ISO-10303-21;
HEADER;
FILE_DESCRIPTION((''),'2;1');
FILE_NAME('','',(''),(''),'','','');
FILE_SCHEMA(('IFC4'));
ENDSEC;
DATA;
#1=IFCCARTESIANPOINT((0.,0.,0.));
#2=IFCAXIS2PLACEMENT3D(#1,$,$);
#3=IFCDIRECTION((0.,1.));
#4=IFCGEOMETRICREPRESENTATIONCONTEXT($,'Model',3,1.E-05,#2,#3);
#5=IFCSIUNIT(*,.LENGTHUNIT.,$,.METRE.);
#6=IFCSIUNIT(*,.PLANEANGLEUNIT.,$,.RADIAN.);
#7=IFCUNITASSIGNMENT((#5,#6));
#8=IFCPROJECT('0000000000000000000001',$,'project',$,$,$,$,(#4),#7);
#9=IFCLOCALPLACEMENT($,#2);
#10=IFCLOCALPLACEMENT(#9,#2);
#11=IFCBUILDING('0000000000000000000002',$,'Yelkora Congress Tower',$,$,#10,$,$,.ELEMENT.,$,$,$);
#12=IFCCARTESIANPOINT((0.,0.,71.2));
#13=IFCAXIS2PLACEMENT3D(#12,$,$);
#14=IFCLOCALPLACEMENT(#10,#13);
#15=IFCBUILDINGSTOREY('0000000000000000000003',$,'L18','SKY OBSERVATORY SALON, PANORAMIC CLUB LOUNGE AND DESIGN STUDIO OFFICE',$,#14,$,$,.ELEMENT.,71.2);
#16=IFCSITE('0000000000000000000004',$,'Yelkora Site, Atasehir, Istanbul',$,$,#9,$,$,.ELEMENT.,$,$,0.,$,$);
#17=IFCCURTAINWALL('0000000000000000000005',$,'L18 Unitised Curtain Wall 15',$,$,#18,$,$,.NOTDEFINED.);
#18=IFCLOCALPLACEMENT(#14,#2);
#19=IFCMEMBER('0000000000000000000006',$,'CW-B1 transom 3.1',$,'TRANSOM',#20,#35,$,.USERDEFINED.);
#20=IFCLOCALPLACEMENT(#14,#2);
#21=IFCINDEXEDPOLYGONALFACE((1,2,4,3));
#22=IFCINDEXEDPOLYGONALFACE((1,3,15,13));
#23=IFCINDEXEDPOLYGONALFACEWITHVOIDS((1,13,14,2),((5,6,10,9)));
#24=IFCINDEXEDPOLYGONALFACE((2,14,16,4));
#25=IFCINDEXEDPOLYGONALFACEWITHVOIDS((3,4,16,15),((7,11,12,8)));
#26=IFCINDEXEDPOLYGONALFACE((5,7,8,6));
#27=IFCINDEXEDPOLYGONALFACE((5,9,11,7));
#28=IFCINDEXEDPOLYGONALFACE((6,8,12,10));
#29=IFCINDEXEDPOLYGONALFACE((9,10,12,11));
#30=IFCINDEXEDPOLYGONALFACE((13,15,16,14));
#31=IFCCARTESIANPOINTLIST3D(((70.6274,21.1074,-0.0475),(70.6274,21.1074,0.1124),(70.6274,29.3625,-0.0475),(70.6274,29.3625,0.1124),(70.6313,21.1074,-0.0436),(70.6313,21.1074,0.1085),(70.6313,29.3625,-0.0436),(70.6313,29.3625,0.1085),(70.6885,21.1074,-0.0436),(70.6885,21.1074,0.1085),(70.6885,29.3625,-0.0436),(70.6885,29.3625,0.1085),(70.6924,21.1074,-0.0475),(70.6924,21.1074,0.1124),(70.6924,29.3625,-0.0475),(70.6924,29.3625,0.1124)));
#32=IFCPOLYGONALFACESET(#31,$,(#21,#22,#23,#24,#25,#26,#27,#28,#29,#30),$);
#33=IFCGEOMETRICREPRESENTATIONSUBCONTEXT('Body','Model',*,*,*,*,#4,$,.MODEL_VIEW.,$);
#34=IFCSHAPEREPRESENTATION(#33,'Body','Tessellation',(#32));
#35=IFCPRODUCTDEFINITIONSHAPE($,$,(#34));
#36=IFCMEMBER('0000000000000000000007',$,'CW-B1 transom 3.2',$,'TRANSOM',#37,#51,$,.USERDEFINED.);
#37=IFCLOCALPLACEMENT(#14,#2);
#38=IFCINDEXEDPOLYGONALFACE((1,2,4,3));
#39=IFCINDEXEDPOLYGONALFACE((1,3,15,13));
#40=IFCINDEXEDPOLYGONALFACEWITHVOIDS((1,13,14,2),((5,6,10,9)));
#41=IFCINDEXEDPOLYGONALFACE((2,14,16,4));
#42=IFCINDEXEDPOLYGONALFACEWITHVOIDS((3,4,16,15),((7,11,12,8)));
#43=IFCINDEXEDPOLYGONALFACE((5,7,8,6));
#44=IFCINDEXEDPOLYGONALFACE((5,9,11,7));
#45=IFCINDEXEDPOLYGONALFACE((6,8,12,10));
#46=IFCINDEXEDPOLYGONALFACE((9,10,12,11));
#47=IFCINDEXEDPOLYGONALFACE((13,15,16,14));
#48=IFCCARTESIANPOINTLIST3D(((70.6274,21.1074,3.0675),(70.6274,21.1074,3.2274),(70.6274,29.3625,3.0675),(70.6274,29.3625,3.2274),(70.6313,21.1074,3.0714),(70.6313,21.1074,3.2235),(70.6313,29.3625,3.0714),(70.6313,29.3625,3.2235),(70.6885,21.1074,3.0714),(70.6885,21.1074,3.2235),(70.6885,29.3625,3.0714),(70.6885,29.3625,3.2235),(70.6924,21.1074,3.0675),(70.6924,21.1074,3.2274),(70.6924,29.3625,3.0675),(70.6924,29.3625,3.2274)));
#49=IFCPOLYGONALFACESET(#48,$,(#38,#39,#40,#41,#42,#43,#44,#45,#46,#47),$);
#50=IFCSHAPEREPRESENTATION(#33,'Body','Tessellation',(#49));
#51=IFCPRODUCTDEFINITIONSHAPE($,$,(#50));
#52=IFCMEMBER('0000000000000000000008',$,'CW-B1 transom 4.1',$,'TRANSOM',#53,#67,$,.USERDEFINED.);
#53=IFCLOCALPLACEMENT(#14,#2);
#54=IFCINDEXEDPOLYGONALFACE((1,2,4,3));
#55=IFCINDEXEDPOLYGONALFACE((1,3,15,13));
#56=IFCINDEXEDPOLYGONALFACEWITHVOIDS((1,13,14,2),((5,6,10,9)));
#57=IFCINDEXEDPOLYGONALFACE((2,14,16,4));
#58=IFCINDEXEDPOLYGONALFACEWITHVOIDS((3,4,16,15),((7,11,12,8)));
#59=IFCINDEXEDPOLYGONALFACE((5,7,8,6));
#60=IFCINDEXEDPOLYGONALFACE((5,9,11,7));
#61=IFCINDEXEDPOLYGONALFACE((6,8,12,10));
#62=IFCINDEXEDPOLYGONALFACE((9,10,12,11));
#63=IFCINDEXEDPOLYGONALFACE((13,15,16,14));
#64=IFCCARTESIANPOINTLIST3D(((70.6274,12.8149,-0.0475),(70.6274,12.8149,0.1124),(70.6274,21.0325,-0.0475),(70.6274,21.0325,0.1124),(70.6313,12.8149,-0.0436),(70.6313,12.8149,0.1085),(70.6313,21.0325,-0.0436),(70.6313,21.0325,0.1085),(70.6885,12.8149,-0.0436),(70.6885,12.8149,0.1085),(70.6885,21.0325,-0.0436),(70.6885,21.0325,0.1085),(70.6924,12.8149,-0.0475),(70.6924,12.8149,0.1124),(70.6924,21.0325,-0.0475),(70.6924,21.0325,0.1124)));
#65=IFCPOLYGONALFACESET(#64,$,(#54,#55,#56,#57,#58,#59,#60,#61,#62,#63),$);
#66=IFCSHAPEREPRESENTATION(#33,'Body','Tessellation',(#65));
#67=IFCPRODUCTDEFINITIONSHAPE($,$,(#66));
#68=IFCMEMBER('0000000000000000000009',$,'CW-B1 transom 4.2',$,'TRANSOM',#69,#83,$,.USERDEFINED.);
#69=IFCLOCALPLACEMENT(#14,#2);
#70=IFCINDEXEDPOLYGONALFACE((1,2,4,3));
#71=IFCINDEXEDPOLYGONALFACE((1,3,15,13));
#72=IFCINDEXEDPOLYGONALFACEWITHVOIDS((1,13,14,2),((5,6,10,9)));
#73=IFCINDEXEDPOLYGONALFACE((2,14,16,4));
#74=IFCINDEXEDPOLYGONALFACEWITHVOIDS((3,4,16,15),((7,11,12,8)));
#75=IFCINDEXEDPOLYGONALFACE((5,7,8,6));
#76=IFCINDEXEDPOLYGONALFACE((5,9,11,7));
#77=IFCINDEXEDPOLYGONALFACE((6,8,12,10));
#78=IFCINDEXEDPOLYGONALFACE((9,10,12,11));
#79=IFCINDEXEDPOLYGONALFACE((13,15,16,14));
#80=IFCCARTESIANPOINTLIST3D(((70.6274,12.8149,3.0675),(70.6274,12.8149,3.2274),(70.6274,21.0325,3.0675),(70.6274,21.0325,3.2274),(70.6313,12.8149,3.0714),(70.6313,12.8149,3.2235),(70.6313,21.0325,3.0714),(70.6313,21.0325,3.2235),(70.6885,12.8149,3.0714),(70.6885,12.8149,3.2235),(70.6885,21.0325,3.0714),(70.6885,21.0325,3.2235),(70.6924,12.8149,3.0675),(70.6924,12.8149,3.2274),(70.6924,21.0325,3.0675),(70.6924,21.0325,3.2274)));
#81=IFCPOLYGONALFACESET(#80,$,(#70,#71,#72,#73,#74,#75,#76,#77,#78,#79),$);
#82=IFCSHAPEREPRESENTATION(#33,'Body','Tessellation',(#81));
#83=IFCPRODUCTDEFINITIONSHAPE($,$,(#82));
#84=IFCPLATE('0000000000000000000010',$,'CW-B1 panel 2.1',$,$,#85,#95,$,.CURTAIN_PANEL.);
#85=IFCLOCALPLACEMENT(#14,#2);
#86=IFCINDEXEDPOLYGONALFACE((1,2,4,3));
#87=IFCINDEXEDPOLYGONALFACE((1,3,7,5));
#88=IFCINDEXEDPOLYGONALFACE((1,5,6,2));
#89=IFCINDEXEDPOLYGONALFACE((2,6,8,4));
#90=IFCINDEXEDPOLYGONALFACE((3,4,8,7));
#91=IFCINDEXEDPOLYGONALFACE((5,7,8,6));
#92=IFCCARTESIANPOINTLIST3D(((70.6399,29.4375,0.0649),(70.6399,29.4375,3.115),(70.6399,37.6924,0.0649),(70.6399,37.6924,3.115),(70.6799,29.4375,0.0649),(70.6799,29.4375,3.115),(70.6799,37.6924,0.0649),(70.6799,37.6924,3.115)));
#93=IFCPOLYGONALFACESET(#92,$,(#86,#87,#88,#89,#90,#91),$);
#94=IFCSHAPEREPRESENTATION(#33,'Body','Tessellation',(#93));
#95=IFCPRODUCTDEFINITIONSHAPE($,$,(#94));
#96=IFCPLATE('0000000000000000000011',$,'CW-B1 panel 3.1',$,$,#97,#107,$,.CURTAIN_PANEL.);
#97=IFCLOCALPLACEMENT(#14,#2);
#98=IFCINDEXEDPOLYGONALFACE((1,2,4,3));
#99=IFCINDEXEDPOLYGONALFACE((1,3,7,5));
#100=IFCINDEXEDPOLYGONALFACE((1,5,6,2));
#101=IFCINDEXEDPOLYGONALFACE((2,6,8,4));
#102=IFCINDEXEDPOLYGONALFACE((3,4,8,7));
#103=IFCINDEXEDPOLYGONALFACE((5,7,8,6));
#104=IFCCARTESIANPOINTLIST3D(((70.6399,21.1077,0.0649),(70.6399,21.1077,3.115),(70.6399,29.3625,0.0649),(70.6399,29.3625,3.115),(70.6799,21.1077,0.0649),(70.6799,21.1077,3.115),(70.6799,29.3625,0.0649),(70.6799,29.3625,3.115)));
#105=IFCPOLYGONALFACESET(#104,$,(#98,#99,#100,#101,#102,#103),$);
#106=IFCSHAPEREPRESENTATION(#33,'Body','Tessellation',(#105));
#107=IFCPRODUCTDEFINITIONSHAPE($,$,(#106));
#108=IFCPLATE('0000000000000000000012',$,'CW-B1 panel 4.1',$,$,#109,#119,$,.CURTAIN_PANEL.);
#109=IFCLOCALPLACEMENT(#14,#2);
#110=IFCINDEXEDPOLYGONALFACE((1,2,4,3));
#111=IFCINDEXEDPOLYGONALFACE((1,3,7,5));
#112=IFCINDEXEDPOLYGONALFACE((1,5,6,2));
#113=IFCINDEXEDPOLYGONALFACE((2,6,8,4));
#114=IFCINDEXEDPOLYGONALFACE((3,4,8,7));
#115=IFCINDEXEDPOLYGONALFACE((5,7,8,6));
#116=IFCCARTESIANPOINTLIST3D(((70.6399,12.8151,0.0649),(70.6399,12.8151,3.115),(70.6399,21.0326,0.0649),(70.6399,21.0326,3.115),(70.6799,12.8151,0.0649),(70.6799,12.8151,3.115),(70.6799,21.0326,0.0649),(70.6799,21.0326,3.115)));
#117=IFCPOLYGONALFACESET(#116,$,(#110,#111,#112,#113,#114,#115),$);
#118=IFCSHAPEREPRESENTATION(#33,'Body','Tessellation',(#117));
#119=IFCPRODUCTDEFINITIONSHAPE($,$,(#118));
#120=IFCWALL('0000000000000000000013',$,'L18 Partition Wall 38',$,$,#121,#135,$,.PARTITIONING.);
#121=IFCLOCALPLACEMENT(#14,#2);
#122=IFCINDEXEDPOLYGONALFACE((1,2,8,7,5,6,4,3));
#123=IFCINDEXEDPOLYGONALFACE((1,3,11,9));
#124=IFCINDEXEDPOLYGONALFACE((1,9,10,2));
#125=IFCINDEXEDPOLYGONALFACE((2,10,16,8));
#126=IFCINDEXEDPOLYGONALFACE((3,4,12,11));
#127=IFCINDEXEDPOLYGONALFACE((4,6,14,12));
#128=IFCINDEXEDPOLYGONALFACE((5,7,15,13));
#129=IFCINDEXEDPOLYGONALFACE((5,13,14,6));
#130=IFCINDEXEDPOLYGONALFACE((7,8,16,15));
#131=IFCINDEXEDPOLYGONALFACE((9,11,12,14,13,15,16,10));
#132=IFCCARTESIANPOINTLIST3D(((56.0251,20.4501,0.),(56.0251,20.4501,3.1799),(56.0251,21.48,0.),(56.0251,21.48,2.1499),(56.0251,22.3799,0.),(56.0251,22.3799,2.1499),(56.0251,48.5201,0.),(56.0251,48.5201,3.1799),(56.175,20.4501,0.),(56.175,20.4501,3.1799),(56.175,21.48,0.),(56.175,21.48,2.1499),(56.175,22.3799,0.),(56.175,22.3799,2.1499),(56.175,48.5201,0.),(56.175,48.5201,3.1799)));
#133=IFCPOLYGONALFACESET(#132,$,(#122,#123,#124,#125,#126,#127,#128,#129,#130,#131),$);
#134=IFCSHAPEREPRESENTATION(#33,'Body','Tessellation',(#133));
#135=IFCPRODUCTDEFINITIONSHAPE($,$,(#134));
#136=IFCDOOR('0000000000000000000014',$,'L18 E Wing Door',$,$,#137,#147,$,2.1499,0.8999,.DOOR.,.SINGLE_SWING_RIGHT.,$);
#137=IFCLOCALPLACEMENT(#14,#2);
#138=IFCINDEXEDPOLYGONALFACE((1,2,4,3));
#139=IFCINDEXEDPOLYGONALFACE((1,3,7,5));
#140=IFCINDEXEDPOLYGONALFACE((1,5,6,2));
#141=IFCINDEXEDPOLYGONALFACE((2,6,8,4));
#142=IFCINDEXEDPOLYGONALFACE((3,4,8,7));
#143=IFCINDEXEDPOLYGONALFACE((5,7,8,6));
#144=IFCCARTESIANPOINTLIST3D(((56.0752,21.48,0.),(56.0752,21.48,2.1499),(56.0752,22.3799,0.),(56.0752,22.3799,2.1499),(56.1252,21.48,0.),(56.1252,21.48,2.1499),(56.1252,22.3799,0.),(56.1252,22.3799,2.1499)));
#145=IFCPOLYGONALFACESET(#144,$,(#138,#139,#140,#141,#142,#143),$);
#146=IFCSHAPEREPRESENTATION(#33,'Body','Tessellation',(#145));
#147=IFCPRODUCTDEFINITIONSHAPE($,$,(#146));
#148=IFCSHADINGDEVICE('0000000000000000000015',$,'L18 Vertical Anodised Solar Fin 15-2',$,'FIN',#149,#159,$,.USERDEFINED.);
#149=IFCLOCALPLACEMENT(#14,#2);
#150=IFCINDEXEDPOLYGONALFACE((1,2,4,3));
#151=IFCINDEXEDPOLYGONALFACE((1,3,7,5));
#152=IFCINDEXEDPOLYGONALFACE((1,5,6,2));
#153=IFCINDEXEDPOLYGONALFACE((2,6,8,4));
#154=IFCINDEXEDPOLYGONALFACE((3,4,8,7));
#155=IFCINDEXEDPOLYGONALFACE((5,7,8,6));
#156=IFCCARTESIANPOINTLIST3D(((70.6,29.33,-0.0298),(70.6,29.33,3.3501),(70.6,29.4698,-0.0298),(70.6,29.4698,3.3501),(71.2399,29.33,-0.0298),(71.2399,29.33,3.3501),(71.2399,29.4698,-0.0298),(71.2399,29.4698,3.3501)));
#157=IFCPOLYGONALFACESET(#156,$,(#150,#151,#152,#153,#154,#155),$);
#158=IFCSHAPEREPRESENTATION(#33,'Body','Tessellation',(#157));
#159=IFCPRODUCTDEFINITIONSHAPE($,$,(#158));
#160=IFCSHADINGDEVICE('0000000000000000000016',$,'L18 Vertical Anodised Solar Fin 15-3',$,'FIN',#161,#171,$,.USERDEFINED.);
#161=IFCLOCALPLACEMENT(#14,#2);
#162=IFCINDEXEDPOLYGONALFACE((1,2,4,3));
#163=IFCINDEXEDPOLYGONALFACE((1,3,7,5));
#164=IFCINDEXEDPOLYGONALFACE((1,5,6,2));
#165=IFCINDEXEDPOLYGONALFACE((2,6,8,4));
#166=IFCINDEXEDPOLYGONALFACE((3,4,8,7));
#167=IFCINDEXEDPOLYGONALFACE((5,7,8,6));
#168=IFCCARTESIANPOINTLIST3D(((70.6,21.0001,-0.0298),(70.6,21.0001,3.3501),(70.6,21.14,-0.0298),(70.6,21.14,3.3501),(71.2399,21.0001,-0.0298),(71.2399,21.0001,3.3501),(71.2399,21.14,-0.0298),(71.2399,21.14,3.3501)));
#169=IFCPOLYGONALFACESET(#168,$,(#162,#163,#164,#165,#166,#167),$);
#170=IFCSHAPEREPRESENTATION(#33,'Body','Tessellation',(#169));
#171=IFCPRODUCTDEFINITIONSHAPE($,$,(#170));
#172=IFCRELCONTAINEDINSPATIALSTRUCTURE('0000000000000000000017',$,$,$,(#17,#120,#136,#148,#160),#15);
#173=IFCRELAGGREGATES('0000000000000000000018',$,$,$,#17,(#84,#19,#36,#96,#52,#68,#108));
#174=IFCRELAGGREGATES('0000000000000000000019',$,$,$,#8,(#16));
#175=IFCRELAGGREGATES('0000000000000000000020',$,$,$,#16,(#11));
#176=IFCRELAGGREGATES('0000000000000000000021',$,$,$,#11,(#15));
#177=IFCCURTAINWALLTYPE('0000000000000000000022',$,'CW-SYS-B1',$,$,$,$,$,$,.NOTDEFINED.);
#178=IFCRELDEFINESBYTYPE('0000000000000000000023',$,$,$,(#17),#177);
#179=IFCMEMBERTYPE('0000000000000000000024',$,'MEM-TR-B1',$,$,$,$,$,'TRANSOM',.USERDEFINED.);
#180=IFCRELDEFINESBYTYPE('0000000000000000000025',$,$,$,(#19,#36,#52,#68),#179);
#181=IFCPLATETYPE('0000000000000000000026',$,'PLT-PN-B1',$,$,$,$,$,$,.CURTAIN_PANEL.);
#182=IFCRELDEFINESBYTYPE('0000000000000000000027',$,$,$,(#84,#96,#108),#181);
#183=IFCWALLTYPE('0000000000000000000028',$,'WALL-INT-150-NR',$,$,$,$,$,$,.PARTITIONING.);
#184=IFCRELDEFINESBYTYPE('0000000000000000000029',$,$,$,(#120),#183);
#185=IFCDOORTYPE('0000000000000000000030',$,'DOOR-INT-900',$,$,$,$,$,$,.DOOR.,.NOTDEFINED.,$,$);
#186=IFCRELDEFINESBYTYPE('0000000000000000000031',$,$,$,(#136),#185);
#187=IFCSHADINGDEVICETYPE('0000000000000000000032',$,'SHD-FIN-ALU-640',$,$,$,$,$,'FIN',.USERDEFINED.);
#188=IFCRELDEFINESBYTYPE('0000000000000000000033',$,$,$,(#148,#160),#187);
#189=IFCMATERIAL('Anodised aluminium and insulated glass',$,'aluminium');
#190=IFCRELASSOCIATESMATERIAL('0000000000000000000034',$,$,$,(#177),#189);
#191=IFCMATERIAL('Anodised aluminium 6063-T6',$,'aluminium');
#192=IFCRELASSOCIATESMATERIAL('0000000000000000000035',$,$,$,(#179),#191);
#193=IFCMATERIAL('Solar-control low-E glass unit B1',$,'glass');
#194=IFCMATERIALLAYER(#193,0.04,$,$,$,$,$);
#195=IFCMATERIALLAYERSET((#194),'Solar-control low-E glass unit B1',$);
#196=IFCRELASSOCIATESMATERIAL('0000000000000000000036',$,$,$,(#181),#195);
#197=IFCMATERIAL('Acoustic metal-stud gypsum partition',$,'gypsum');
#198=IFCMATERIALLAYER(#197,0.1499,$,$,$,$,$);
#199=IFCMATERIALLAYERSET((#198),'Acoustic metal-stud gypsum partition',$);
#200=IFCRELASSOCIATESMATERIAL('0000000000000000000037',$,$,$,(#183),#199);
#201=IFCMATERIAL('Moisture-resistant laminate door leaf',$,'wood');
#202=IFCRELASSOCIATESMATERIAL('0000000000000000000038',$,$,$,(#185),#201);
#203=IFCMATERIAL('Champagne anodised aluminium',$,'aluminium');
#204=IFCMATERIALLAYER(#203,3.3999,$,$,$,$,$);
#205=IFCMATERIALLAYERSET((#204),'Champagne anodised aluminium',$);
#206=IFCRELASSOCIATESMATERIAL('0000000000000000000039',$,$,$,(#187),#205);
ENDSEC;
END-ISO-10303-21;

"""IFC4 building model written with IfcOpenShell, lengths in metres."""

from ifc_helpers import new_model, si_unit, direction, frame, frame_2d, origin, origin_2d, place, context, subcontext, project, spatial, rectangle, hollow_rectangle, extrude, material, layer, layer_set, material_profile, profile_set, type_object, element, fill, aggregate, save


model = new_model("IFC4")

# Units and contexts
model_context = context("Model", 3, precision=1e-05, world=origin(), true_north=direction((0.0, 1.0)))
body_context = subcontext(model_context, "Body", "Model", "MODEL_VIEW")
ifc_project = project(units=[si_unit("LENGTHUNIT", "METRE"), si_unit("PLANEANGLEUNIT", "RADIAN")], contexts=[model_context])

# Site, building, storey
site_placement = place(None, origin())
site = spatial("IfcSite", under=ifc_project, at=site_placement, Name="Yelkora Site, Atasehir, Istanbul", CompositionType="ELEMENT", RefElevation=0.0)
building_placement = place(site_placement, origin())
building = spatial("IfcBuilding", under=site, at=building_placement, Name="Yelkora Congress Tower", CompositionType="ELEMENT")
storey_placement = place(building_placement, frame((0.0, 0.0, 71.2)))
storey = spatial("IfcBuildingStorey", under=building, at=storey_placement, Name="L18", Description="SKY OBSERVATORY SALON, PANORAMIC CLUB LOUNGE AND DESIGN STUDIO OFFICE", CompositionType="ELEMENT", Elevation=71.2)

# Curtain wall, members, plates
ifc_material_1 = material(Name="Anodised aluminium and insulated glass", Category="aluminium")
curtain_wall_type = type_object("IfcCurtainWallType", Name="CW-SYS-B1", PredefinedType="NOTDEFINED", material=ifc_material_1)
curtain_wall_placement = place(storey_placement, origin())
curtain_wall = element("IfcCurtainWall", 1, at=curtain_wall_placement, inside=storey, type_object=curtain_wall_type, Name="L18 Unitised Curtain Wall 15", PredefinedType="NOTDEFINED")
ifc_material_2 = material(Name="Anodised aluminium 6063-T6", Category="aluminium")
ifc_material_profile_1 = material_profile(ifc_material_2, hollow_rectangle(XDim=0.0649, YDim=0.1599, WallThickness=0.0039, at=origin_2d()), Name="ALU 65x160x4")
ifc_profile_set_1 = profile_set([ifc_material_profile_1], Name="Anodised aluminium 6063-T6")
member_type_1 = type_object("IfcMemberType", Name="MEM-TR-B1", ElementType="TRANSOM", PredefinedType="USERDEFINED", material=ifc_profile_set_1)
member_1_placement = place(storey_placement, frame((70.6599, 29.3625, 0.0325), z_axis=(0.0, -1.0, 0.0), x_axis=(1.0, 0.0, 0.0)))
member_1 = element("IfcMember", 2, at=member_1_placement, type_object=member_type_1, Name="CW-B1 transom 3.1", ObjectType="TRANSOM", PredefinedType="USERDEFINED", context=body_context, shape_type="SweptSolid", body=[
    extrude(hollow_rectangle(XDim=0.0649, YDim=0.1599, WallThickness=0.0039, at=origin_2d()), origin(), (0.0, 0.0, 1.0), 8.2551),
])
member_2_placement = place(storey_placement, frame((70.6599, 29.3625, 3.1475), z_axis=(0.0, -1.0, 0.0), x_axis=(1.0, 0.0, 0.0)))
member_2 = element("IfcMember", 3, at=member_2_placement, type_object=member_type_1, Name="CW-B1 transom 3.2", ObjectType="TRANSOM", PredefinedType="USERDEFINED", context=body_context, shape_type="SweptSolid", body=[
    extrude(hollow_rectangle(XDim=0.0649, YDim=0.1599, WallThickness=0.0039, at=origin_2d()), origin(), (0.0, 0.0, 1.0), 8.2551),
])
member_3_placement = place(storey_placement, frame((70.6599, 21.0325, 0.0325), z_axis=(0.0, -1.0, 0.0), x_axis=(1.0, 0.0, 0.0)))
member_3 = element("IfcMember", 4, at=member_3_placement, type_object=member_type_1, Name="CW-B1 transom 4.1", ObjectType="TRANSOM", PredefinedType="USERDEFINED", context=body_context, shape_type="SweptSolid", body=[
    extrude(hollow_rectangle(XDim=0.0649, YDim=0.1599, WallThickness=0.0039, at=origin_2d()), origin(), (0.0, 0.0, 1.0), 8.2175),
])
member_4_placement = place(storey_placement, frame((70.6599, 21.0325, 3.1475), z_axis=(0.0, -1.0, 0.0), x_axis=(1.0, 0.0, 0.0)))
member_4 = element("IfcMember", 5, at=member_4_placement, type_object=member_type_1, Name="CW-B1 transom 4.2", ObjectType="TRANSOM", PredefinedType="USERDEFINED", context=body_context, shape_type="SweptSolid", body=[
    extrude(hollow_rectangle(XDim=0.0649, YDim=0.1599, WallThickness=0.0039, at=origin_2d()), origin(), (0.0, 0.0, 1.0), 8.2175),
])
ifc_material_3 = material(Name="Solar-control low-E glass unit B1", Category="glass")
ifc_layer_1 = layer(ifc_material_3, 0.04)
ifc_layer_set_1 = layer_set([ifc_layer_1], Name="Solar-control low-E glass unit B1")
plate_type = type_object("IfcPlateType", Name="PLT-PN-B1", PredefinedType="CURTAIN_PANEL", material=ifc_layer_set_1)
plate_1_placement = place(storey_placement, frame((70.6599, 33.5649, 0.0649), z_axis=(0.0, 0.0, 1.0), x_axis=(0.0, -1.0, 0.0)))
plate_1 = element("IfcPlate", 6, at=plate_1_placement, type_object=plate_type, Name="CW-B1 panel 2.1", PredefinedType="CURTAIN_PANEL", context=body_context, shape_type="SweptSolid", body=[
    extrude(rectangle(XDim=8.2549, YDim=0.04, at=origin_2d()), origin(), (0.0, 0.0, 1.0), 3.05),
])
plate_2_placement = place(storey_placement, frame((70.6599, 25.2351, 0.0649), z_axis=(0.0, 0.0, 1.0), x_axis=(0.0, -1.0, 0.0)))
plate_2 = element("IfcPlate", 7, at=plate_2_placement, type_object=plate_type, Name="CW-B1 panel 3.1", PredefinedType="CURTAIN_PANEL", context=body_context, shape_type="SweptSolid", body=[
    extrude(rectangle(XDim=8.2549, YDim=0.04, at=origin_2d()), origin(), (0.0, 0.0, 1.0), 3.05),
])
plate_3_placement = place(storey_placement, frame((70.6599, 16.9238, 0.0649), z_axis=(0.0, 0.0, 1.0), x_axis=(0.0, -1.0, 0.0)))
plate_3 = element("IfcPlate", 8, at=plate_3_placement, type_object=plate_type, Name="CW-B1 panel 4.1", PredefinedType="CURTAIN_PANEL", context=body_context, shape_type="SweptSolid", body=[
    extrude(rectangle(XDim=8.2175, YDim=0.04, at=origin_2d()), origin(), (0.0, 0.0, 1.0), 3.05),
])
aggregate(curtain_wall, [plate_1, member_1, member_2, plate_2, member_3, member_4, plate_3])

# Wall, opening, door
ifc_material_4 = material(Name="Acoustic metal-stud gypsum partition", Category="gypsum")
ifc_layer_2 = layer(ifc_material_4, 0.1499)
ifc_layer_set_2 = layer_set([ifc_layer_2], Name="Acoustic metal-stud gypsum partition")
wall_type = type_object("IfcWallType", Name="WALL-INT-150-NR", PredefinedType="PARTITIONING", material=ifc_layer_set_2)
wall_placement = place(storey_placement, frame((56.1001, 20.45, 0.0), z_axis=(0.0, 0.0, 1.0), x_axis=(0.0, 1.0, 0.0)))
wall = element("IfcWall", 9, at=wall_placement, inside=storey, type_object=wall_type, Name="L18 Partition Wall 38", PredefinedType="PARTITIONING", context=body_context, shape_type="SweptSolid", body=[
    extrude(rectangle(XDim=28.0701, YDim=0.1499, at=frame_2d((14.0352, 0.0))), origin(), (0.0, 0.0, 1.0), 3.1799),
])
opening_placement = place(wall_placement, frame((1.03, 0.0, 0.0)))
opening = element("IfcOpeningElement", 10, at=opening_placement, cuts=wall, PredefinedType="OPENING", context=body_context, shape_type="SweptSolid", body=[
    extrude(rectangle(XDim=0.8999, YDim=2.1499, at=frame_2d((0.45, 1.075))), frame((0.0, 0.085, 0.0), z_axis=(0.0, -1.0, 0.0), x_axis=(1.0, 0.0, 0.0)), (0.0, 0.0, 1.0), 0.1699),
])
ifc_material_5 = material(Name="Moisture-resistant laminate door leaf", Category="wood")
door_type = type_object("IfcDoorType", Name="DOOR-INT-900", OperationType="NOTDEFINED", PredefinedType="DOOR", material=ifc_material_5)
door_placement = place(opening_placement, origin())
door = element("IfcDoor", 11, at=door_placement, inside=storey, type_object=door_type, Name="L18 E Wing Door", OperationType="SINGLE_SWING_RIGHT", OverallHeight=2.1499, OverallWidth=0.8999, PredefinedType="DOOR", context=body_context, shape_type="SweptSolid", body=[
    extrude(rectangle(XDim=0.8999, YDim=2.1499, at=frame_2d((0.45, 1.075))), frame((0.0, 0.0249, 0.0), z_axis=(0.0, -1.0, 0.0), x_axis=(1.0, 0.0, 0.0)), (0.0, 0.0, 1.0), 0.05),
])
fill(opening, door)

# Shading devices
ifc_material_6 = material(Name="Champagne anodised aluminium", Category="aluminium")
ifc_layer_3 = layer(ifc_material_6, 3.3999)
ifc_layer_set_3 = layer_set([ifc_layer_3], Name="Champagne anodised aluminium")
shading_device_type = type_object("IfcShadingDeviceType", Name="SHD-FIN-ALU-640", ElementType="FIN", PredefinedType="USERDEFINED", material=ifc_layer_set_3)
for number, where, z_axis, x_axis, name in (
    (12, (70.9199, 29.3999, -0.0298), (0.0, 0.0, 1.0), (0.0, -1.0, 0.0), "L18 Vertical Anodised Solar Fin 15-2"),
    (13, (70.9199, 21.0701, -0.0298), (0.0, 0.0, 1.0), (0.0, -1.0, 0.0), "L18 Vertical Anodised Solar Fin 15-3"),
):
    element("IfcShadingDevice", number, at=place(storey_placement, frame(where, z_axis=z_axis, x_axis=x_axis)), inside=storey, type_object=shading_device_type, Name=name, ObjectType="FIN", PredefinedType="USERDEFINED", context=body_context, shape_type="SweptSolid", body=[
        extrude(rectangle(XDim=0.1399, YDim=0.6399, at=origin_2d()), origin(), (0.0, 0.0, 1.0), 3.3799),
    ])

save(model, "model.ifc")
